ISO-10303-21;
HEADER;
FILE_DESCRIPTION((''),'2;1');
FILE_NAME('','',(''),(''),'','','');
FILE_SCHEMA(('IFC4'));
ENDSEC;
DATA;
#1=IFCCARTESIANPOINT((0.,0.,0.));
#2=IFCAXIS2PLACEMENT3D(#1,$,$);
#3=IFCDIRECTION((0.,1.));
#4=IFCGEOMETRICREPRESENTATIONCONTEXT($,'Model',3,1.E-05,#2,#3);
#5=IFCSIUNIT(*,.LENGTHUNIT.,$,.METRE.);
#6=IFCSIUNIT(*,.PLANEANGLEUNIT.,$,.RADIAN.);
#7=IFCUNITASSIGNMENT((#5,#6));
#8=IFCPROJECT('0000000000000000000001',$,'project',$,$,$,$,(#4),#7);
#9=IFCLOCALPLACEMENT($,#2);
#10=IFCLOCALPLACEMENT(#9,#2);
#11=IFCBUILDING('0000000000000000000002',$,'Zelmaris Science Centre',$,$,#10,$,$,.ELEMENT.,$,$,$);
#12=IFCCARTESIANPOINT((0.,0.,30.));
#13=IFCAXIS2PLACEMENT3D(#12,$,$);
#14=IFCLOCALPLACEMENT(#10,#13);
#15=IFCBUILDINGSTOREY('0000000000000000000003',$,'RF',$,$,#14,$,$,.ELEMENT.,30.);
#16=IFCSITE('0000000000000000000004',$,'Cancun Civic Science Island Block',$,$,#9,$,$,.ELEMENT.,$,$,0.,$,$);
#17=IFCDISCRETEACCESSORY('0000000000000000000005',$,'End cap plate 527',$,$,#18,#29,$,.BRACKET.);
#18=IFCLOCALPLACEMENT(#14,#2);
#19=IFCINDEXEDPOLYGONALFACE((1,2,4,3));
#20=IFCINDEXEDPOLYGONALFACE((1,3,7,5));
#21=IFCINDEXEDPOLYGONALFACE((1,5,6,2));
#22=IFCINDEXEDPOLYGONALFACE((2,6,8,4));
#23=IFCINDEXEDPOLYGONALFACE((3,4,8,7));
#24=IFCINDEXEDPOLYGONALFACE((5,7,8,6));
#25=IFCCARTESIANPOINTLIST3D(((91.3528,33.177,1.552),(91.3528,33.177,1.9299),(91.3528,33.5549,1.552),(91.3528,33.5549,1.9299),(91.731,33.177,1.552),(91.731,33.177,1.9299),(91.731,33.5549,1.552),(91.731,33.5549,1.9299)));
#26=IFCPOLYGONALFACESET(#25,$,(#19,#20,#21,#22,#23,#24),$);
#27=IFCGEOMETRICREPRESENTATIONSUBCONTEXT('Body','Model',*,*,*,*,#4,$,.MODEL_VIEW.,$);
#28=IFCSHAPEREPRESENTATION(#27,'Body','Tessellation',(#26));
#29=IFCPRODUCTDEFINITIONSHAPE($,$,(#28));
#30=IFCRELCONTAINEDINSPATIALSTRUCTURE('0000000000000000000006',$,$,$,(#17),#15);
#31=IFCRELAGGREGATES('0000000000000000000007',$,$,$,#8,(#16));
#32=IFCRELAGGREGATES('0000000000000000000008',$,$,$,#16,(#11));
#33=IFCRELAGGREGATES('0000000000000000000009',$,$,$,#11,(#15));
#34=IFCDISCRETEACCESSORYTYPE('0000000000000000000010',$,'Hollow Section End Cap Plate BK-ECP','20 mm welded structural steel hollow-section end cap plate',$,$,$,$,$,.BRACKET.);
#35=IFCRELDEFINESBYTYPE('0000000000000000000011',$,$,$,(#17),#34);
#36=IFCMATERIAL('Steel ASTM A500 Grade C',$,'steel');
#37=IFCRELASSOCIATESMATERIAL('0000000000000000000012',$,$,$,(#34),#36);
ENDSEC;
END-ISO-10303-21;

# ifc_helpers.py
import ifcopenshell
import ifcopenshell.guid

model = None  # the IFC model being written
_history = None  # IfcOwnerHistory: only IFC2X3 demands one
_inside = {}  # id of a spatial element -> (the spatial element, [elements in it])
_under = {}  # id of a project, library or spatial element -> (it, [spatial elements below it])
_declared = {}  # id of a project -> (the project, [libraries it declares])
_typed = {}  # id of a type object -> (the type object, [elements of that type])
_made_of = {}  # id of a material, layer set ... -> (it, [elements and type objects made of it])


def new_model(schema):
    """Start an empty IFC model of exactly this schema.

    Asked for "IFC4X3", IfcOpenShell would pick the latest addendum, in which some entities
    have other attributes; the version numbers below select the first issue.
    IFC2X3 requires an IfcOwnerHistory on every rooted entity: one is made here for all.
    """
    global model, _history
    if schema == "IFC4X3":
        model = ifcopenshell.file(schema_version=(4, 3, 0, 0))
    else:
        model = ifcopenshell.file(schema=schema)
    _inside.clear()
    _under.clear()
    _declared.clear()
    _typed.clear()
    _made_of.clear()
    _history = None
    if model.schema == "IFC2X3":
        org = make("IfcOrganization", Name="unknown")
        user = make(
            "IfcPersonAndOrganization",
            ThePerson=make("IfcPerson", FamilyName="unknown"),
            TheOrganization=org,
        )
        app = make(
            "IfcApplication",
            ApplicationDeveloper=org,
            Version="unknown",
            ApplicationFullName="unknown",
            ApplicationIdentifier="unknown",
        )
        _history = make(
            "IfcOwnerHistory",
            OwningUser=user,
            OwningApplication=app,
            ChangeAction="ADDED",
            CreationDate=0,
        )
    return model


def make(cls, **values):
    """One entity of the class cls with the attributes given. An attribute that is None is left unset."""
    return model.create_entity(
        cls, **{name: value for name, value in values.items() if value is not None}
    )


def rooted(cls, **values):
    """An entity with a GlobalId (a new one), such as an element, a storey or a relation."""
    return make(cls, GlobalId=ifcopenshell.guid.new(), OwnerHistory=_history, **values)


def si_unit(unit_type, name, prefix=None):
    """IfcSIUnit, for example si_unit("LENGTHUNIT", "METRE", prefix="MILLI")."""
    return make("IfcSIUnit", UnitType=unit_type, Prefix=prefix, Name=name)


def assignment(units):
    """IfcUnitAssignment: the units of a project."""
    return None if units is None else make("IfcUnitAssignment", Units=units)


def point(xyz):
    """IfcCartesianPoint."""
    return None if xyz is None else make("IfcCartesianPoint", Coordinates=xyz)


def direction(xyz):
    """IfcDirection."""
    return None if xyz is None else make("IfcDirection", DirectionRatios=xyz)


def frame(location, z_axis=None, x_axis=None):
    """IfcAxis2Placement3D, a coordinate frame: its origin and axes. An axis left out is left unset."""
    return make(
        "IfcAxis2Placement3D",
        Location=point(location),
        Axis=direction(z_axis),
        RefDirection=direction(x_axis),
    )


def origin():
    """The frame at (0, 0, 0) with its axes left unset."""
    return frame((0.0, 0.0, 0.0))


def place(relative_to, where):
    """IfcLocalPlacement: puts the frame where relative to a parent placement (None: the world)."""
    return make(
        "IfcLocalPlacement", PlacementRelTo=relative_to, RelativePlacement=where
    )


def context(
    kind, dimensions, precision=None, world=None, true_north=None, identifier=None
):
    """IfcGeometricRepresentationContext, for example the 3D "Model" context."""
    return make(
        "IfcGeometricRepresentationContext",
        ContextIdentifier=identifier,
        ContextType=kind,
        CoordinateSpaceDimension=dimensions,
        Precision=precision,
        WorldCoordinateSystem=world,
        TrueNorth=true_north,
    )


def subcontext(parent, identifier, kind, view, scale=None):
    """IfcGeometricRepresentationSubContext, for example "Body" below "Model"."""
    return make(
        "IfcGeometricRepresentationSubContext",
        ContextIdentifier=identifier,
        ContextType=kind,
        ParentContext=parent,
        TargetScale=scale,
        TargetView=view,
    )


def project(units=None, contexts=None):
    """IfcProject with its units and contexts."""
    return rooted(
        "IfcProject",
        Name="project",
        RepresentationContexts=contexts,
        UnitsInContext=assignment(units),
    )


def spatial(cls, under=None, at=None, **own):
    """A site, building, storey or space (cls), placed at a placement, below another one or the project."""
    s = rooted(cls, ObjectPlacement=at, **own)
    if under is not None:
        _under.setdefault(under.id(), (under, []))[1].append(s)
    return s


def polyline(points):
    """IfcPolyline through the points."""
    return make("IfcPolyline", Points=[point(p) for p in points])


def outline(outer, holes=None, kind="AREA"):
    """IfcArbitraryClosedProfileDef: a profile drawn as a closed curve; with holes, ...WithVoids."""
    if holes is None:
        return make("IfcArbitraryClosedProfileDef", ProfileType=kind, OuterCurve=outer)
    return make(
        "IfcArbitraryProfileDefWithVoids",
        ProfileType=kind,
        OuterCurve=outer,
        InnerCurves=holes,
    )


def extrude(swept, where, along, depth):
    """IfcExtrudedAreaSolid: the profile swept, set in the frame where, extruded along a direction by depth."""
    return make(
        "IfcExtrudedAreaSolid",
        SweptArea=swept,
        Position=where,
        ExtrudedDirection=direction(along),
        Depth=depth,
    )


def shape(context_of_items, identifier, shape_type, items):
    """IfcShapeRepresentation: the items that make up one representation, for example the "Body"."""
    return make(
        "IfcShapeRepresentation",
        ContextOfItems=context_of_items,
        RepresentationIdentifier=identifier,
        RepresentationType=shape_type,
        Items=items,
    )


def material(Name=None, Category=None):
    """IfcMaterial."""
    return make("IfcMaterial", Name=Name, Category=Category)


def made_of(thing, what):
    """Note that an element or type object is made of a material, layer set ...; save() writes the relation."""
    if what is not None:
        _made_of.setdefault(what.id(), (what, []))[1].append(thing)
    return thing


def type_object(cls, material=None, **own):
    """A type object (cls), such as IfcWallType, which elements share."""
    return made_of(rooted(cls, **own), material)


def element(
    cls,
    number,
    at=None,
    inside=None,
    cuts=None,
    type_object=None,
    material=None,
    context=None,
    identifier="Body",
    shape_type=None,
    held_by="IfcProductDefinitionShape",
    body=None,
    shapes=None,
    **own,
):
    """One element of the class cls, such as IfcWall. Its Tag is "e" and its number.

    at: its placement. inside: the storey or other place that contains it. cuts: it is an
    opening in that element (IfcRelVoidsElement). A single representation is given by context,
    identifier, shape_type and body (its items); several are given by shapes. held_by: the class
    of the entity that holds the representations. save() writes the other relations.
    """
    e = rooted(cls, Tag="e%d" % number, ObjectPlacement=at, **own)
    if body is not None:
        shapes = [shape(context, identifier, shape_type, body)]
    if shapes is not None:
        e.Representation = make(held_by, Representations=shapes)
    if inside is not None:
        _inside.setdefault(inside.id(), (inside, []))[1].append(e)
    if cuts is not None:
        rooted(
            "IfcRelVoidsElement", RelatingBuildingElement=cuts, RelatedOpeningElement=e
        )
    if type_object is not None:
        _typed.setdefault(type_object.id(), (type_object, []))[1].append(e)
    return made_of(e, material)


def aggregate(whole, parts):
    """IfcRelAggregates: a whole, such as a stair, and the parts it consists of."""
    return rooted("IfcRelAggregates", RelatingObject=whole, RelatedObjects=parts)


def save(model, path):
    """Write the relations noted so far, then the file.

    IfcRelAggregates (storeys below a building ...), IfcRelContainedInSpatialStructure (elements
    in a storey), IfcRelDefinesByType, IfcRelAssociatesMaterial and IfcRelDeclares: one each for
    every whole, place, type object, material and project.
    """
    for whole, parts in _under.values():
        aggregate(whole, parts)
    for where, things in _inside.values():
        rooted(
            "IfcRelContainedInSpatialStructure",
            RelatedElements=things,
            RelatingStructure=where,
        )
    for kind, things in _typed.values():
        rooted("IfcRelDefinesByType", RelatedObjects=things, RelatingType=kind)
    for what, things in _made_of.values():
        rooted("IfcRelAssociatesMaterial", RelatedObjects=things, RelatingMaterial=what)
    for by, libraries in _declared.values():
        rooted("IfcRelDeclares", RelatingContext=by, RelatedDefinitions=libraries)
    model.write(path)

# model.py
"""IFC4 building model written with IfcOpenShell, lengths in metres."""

from ifc_helpers import new_model, si_unit, direction, frame, origin, place, context, subcontext, project, spatial, polyline, outline, extrude, material, type_object, element, save


model = new_model("IFC4")

# Units and contexts
model_context = context("Model", 3, precision=1e-05, world=origin(), true_north=direction((0.0, 1.0)))
body_context = subcontext(model_context, "Body", "Model", "MODEL_VIEW")
ifc_project = project(units=[si_unit("LENGTHUNIT", "METRE"), si_unit("PLANEANGLEUNIT", "RADIAN")], contexts=[model_context])

# Site, building, storey
site_placement = place(None, origin())
site = spatial("IfcSite", under=ifc_project, at=site_placement, Name="Cancun Civic Science Island Block", CompositionType="ELEMENT", RefElevation=0.0)
building_placement = place(site_placement, origin())
building = spatial("IfcBuilding", under=site, at=building_placement, Name="Zelmaris Science Centre", CompositionType="ELEMENT")
storey_placement = place(building_placement, frame((0.0, 0.0, 30.0)))
storey = spatial("IfcBuildingStorey", under=building, at=storey_placement, Name="RF", CompositionType="ELEMENT", Elevation=30.0)

# Discrete accessory
ifc_material = material(Name="Steel ASTM A500 Grade C", Category="steel")
discrete_accessory_type = type_object("IfcDiscreteAccessoryType", Name="Hollow Section End Cap Plate BK-ECP", Description="20 mm welded structural steel hollow-section end cap plate", PredefinedType="BRACKET", material=ifc_material)
discrete_accessory_1_placement = place(storey_placement, frame((0.0, 0.0, 1.552)))
element("IfcDiscreteAccessory", 1, at=discrete_accessory_1_placement, inside=storey, type_object=discrete_accessory_type, Name="End cap plate 527", PredefinedType="BRACKET", context=body_context, shape_type="SweptSolid", body=[
    extrude(outline(polyline([(91.3528, 33.177), (91.731, 33.177), (91.731, 33.5549), (91.3528, 33.5549), (91.3528, 33.177)])), origin(), (0.0, 0.0, 1.0), 0.3779),
])

save(model, "model.ifc")
